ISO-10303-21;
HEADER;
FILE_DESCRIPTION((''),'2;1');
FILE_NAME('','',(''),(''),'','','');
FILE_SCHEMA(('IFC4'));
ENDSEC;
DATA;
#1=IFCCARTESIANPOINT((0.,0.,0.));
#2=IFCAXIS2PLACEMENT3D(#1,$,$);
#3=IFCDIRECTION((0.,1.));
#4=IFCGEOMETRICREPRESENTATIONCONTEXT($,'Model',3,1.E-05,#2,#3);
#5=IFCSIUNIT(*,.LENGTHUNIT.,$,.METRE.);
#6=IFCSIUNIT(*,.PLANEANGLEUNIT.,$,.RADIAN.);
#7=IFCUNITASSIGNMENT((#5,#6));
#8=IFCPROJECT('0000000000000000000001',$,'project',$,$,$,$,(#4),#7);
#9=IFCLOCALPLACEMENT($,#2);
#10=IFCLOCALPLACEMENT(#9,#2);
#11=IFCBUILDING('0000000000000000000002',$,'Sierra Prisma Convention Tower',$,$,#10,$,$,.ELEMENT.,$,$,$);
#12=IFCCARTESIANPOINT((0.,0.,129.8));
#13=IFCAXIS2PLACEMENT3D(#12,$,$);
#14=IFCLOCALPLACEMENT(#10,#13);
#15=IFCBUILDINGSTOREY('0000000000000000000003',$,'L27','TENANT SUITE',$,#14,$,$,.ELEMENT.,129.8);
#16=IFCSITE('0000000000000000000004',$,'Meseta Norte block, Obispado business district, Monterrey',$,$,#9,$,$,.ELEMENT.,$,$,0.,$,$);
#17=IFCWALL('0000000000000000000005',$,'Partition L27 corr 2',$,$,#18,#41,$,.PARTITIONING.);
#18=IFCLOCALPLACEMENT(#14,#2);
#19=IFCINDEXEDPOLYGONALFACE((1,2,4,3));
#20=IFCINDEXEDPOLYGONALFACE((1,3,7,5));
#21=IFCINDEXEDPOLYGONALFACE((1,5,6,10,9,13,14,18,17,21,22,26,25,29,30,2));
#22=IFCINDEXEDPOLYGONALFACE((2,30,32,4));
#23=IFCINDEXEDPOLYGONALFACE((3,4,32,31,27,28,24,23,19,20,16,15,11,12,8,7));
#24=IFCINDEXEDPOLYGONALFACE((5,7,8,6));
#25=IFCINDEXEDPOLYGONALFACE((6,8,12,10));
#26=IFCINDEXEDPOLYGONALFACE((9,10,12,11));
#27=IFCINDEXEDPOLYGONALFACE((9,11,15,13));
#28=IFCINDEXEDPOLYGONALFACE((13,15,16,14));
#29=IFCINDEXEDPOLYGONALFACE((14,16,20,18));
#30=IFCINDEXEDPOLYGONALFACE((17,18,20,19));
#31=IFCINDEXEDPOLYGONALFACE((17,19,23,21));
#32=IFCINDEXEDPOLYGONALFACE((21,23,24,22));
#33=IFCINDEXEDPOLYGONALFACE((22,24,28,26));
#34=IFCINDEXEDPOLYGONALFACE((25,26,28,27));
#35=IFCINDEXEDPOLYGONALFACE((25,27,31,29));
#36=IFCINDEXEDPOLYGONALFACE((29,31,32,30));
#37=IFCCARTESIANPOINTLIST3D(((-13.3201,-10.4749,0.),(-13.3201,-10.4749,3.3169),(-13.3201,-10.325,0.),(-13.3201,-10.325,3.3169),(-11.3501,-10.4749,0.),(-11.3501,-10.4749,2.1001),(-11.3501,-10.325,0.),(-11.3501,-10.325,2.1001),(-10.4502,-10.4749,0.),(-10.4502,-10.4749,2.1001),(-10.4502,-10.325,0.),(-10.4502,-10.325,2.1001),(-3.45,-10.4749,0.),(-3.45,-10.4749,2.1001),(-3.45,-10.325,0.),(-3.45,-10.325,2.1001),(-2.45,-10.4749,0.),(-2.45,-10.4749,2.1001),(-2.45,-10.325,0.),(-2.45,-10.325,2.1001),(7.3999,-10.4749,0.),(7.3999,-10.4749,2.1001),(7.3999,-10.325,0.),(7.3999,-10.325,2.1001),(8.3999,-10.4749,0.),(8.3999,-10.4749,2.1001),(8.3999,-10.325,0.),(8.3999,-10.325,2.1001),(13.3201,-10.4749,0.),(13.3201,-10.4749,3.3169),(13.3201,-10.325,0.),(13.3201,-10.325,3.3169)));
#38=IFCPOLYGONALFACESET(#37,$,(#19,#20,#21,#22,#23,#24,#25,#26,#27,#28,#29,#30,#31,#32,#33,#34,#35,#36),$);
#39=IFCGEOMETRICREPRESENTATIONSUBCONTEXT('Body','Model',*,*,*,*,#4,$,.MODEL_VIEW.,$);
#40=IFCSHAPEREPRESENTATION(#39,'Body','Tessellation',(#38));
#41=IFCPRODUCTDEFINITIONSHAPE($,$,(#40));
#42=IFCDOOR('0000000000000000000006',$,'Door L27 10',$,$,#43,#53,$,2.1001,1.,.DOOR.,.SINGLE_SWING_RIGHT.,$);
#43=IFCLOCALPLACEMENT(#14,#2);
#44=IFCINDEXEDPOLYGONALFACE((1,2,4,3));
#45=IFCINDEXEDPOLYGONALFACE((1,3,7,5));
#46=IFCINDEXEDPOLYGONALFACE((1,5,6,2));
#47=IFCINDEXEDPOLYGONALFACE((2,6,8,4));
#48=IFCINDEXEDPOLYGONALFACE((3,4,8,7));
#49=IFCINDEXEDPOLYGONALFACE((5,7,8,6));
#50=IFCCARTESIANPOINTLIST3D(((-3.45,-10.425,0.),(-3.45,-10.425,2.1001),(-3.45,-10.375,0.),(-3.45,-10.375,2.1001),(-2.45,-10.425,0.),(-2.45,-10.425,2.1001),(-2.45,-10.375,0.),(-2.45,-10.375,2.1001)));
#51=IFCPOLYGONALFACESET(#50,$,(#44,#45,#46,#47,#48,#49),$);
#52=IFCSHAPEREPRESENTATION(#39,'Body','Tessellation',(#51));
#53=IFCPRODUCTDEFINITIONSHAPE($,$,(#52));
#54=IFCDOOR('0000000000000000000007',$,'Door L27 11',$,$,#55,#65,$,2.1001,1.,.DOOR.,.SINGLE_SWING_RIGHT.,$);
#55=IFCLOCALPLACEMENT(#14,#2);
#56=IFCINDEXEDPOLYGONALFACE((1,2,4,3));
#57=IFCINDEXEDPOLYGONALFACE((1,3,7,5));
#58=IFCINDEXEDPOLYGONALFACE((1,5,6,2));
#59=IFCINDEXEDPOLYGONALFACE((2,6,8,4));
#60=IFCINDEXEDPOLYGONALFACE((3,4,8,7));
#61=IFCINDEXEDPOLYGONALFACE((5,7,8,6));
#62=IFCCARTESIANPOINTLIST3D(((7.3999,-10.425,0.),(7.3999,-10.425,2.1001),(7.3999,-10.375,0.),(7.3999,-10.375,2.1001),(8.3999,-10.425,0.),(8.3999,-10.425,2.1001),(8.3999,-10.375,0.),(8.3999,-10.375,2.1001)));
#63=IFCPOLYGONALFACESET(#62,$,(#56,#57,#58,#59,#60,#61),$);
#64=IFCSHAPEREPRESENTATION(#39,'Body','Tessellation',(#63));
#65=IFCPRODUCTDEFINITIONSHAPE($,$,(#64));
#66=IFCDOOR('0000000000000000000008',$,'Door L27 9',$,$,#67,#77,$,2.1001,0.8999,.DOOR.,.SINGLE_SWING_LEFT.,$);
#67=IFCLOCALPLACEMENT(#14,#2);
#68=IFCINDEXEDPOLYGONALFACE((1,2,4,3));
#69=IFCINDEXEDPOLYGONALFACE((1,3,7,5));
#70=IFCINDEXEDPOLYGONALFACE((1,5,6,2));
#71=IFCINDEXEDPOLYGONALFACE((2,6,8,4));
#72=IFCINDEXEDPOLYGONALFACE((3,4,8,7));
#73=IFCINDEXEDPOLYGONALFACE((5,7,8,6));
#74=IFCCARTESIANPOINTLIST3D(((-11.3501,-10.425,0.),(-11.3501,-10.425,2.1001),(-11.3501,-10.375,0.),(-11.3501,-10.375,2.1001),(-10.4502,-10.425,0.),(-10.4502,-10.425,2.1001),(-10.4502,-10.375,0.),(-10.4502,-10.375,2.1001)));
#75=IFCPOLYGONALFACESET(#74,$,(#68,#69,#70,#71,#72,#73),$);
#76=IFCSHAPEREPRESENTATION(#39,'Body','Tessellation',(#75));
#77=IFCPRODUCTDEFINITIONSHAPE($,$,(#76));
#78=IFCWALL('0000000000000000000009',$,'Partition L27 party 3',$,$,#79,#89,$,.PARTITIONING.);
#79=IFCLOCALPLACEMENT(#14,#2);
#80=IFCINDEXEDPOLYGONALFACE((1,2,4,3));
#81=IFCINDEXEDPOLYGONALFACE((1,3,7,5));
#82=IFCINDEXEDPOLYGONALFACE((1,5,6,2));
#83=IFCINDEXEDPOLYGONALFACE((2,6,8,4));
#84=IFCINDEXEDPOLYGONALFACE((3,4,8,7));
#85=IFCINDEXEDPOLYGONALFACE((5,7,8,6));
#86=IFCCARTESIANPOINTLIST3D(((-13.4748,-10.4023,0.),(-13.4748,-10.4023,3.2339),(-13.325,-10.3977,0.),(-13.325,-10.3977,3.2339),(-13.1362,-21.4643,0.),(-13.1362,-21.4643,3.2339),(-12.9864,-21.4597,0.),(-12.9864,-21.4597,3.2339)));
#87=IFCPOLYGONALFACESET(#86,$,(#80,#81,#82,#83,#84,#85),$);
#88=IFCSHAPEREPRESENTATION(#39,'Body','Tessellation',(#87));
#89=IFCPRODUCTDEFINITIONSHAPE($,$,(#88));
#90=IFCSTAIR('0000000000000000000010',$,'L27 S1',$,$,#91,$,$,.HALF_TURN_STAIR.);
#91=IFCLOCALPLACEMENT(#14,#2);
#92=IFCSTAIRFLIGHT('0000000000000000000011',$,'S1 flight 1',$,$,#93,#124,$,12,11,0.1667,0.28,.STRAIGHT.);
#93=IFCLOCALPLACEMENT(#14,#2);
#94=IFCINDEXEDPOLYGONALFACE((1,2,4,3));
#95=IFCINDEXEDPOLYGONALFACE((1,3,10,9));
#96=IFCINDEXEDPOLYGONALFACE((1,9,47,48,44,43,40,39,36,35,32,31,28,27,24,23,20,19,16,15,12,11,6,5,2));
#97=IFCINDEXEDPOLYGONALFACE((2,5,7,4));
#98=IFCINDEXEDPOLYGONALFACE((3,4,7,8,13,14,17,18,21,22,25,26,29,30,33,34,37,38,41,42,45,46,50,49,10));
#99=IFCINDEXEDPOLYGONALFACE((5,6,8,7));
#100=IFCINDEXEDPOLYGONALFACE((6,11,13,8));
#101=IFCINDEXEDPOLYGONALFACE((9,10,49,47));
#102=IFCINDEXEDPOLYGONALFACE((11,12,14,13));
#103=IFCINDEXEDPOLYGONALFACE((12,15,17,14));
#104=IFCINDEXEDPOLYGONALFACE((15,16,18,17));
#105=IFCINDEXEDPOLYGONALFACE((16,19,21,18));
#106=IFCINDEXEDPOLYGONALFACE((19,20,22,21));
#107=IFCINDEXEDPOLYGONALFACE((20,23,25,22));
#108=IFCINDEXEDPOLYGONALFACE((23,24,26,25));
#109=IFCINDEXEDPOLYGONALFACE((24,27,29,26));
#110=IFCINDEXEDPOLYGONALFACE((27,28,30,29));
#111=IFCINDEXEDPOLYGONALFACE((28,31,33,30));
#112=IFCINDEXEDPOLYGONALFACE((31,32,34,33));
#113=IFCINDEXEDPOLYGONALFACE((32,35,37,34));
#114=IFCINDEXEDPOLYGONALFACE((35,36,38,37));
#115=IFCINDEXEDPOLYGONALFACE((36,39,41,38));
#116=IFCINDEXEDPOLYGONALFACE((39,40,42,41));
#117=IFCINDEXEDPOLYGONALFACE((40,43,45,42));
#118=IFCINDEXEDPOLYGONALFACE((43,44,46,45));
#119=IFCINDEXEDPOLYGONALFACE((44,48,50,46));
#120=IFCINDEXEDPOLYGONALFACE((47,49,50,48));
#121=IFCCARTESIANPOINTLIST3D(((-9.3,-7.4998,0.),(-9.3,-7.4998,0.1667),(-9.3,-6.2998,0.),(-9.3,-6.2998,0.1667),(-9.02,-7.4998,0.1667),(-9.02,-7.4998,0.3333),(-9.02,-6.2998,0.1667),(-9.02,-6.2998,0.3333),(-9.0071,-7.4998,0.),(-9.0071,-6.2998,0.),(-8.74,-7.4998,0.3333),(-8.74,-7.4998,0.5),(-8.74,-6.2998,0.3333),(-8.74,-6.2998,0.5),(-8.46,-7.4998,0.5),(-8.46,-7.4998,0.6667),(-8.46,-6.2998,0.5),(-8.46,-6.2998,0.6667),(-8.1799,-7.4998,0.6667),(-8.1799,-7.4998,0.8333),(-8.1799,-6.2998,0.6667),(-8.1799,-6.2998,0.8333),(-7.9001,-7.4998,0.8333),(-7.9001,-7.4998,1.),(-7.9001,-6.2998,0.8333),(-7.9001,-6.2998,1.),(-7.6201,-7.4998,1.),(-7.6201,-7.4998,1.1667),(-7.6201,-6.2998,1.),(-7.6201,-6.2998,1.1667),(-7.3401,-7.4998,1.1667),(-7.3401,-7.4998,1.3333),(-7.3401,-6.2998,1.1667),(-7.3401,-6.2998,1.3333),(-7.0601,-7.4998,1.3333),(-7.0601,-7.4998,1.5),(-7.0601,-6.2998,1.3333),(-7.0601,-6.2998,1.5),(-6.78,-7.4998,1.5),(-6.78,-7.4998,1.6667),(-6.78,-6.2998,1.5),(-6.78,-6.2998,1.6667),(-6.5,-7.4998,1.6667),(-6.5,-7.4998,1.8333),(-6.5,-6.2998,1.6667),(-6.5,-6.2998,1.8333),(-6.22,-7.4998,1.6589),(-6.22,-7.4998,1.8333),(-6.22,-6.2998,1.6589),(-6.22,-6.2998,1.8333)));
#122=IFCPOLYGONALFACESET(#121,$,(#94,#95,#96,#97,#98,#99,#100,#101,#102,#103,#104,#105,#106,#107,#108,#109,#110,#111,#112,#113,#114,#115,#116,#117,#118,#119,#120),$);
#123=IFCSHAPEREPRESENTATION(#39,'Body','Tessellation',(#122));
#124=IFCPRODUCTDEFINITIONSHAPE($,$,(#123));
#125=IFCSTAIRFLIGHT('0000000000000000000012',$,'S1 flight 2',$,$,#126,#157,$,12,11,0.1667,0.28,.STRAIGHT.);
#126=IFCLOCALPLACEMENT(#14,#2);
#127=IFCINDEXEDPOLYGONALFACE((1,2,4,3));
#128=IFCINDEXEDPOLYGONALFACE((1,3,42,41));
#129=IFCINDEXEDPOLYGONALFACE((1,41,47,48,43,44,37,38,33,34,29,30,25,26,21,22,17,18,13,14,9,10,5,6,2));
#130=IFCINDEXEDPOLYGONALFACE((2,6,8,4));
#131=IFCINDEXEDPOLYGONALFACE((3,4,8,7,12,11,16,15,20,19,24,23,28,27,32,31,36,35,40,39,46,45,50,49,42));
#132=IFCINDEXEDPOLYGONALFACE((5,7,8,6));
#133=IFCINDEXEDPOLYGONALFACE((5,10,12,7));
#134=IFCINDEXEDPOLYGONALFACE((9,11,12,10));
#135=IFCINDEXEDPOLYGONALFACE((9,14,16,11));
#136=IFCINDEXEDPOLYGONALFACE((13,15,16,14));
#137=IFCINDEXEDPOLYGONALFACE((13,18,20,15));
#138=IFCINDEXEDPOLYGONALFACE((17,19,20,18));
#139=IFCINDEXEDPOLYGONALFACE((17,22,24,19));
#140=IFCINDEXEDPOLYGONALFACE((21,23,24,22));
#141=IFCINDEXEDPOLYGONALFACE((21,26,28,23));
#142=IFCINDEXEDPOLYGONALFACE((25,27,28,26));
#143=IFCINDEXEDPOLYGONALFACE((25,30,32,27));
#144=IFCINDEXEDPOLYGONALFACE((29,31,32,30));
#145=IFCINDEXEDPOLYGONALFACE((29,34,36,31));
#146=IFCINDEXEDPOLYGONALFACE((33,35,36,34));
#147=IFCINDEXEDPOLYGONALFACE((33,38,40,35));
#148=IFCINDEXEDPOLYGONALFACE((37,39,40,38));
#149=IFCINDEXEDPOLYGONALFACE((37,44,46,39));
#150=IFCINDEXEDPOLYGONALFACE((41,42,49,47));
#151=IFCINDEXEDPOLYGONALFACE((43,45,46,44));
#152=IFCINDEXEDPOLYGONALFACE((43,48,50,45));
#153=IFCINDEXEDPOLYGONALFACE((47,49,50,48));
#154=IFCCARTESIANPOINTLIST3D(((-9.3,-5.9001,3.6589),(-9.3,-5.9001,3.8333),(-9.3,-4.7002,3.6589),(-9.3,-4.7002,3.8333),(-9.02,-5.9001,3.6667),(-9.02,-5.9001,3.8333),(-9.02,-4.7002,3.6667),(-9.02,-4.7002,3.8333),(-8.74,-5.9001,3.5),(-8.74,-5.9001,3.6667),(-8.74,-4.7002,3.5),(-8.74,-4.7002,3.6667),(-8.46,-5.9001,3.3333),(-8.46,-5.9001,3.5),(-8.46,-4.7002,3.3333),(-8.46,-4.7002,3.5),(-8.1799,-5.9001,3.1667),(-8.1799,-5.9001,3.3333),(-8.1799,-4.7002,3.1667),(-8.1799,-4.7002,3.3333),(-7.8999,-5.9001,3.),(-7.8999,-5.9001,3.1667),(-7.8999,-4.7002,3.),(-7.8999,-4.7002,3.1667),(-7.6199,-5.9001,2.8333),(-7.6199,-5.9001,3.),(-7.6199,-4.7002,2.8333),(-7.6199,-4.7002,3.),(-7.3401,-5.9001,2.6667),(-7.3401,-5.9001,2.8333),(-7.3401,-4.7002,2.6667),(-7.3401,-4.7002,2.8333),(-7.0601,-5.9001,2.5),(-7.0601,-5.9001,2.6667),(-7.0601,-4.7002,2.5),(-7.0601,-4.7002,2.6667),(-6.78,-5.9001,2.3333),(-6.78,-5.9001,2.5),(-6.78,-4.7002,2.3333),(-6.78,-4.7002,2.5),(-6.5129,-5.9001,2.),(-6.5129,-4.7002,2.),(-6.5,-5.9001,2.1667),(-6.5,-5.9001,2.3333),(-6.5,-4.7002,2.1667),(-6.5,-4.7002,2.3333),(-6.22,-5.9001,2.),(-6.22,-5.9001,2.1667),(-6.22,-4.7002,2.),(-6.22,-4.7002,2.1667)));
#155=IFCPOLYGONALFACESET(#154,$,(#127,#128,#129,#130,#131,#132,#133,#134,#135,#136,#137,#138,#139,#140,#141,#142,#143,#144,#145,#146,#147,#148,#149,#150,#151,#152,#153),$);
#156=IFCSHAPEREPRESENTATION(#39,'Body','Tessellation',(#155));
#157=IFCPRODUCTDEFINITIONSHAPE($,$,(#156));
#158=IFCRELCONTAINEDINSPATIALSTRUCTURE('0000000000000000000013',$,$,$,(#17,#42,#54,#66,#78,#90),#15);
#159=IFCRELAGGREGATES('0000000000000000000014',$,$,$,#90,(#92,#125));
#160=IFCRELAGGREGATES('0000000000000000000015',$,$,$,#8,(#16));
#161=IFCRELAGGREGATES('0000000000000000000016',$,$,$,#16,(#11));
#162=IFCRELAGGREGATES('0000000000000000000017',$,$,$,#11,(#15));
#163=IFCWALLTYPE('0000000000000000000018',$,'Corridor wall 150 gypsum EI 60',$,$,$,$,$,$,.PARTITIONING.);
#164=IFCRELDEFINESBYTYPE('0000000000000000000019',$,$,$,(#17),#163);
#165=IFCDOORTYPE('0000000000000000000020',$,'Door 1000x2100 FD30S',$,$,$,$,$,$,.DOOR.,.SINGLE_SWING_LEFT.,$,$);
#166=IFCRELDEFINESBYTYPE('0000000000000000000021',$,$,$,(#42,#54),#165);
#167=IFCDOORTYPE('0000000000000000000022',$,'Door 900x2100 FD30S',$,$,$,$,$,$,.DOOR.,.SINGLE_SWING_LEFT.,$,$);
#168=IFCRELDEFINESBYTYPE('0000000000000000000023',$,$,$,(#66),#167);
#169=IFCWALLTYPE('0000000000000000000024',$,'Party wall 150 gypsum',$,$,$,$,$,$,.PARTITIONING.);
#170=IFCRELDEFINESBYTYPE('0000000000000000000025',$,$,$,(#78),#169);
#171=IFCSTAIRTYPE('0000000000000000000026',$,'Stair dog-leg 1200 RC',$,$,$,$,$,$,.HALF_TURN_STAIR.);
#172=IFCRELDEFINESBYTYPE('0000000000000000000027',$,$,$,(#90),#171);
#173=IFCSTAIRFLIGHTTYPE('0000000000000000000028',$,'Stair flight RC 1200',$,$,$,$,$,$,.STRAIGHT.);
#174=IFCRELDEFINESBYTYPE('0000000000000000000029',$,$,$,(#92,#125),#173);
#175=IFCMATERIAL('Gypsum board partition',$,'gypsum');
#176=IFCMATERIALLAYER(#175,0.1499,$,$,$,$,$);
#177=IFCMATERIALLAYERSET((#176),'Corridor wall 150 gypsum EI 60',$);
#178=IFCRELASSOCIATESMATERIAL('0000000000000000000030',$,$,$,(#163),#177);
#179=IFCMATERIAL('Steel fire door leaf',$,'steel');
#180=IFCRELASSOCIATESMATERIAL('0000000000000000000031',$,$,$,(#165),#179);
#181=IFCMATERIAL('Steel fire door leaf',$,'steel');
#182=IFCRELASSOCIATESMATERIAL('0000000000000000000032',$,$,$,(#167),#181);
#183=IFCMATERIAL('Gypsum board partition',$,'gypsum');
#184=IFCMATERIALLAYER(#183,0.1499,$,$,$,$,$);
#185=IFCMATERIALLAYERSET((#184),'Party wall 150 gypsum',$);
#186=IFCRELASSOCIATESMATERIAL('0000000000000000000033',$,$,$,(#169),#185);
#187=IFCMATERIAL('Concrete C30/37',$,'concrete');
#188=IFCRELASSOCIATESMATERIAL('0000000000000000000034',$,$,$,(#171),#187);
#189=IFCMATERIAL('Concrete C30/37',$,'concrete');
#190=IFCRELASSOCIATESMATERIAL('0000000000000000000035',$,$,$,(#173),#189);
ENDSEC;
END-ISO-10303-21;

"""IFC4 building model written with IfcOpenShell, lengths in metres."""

from ifc_helpers import new_model, si_unit, direction, frame, frame_2d, origin, place, context, subcontext, project, spatial, polyline, rectangle, outline, extrude, material, layer, layer_set, type_object, element, fill, aggregate, save


model = new_model("IFC4")

# Units and contexts
model_context = context("Model", 3, precision=1e-05, world=origin(), true_north=direction((0.0, 1.0)))
body_context = subcontext(model_context, "Body", "Model", "MODEL_VIEW")
ifc_project = project(units=[si_unit("LENGTHUNIT", "METRE"), si_unit("PLANEANGLEUNIT", "RADIAN")], contexts=[model_context])

# Site, building, storey
site_placement = place(None, origin())
site = spatial("IfcSite", under=ifc_project, at=site_placement, Name="Meseta Norte block, Obispado business district, Monterrey", CompositionType="ELEMENT", RefElevation=0.0)
building_placement = place(site_placement, origin())
building = spatial("IfcBuilding", under=site, at=building_placement, Name="Sierra Prisma Convention Tower", CompositionType="ELEMENT")
storey_placement = place(building_placement, frame((0.0, 0.0, 129.8)))
storey = spatial("IfcBuildingStorey", under=building, at=storey_placement, Name="L27", Description="TENANT SUITE", CompositionType="ELEMENT", Elevation=129.8)

# Wall, openings, doors
ifc_material_1 = material(Name="Gypsum board partition", Category="gypsum")
ifc_layer_1 = layer(ifc_material_1, 0.1499)
ifc_layer_set_1 = layer_set([ifc_layer_1], Name="Corridor wall 150 gypsum EI 60")
wall_type_1 = type_object("IfcWallType", Name="Corridor wall 150 gypsum EI 60", PredefinedType="PARTITIONING", material=ifc_layer_set_1)
wall_1_placement = place(storey_placement, frame((-13.3201, -10.3999, 0.0), z_axis=(0.0, 0.0, 1.0), x_axis=(1.0, 0.0, 0.0)))
wall_1 = element("IfcWall", 1, at=wall_1_placement, inside=storey, type_object=wall_type_1, Name="Partition L27 corr 2", PredefinedType="PARTITIONING", context=body_context, shape_type="SweptSolid", body=[
    extrude(rectangle(XDim=26.6401, YDim=0.1499, at=frame_2d((13.3201, 0.0))), origin(), (0.0, 0.0, 1.0), 3.3169),
])
opening_1_placement = place(wall_1_placement, frame((1.97, 0.0, 0.0)))
opening_1 = element("IfcOpeningElement", 2, at=opening_1_placement, cuts=wall_1, PredefinedType="OPENING", context=body_context, shape_type="SweptSolid", body=[
    extrude(rectangle(XDim=0.8999, YDim=2.1001, at=frame_2d((0.45, 1.05))), frame((0.0, 0.075, 0.0), z_axis=(0.0, -1.0, 0.0), x_axis=(1.0, 0.0, 0.0)), (0.0, 0.0, 1.0), 0.1499),
])
opening_2_placement = place(wall_1_placement, frame((9.8701, 0.0, 0.0)))
opening_2 = element("IfcOpeningElement", 3, at=opening_2_placement, cuts=wall_1, PredefinedType="OPENING", context=body_context, shape_type="SweptSolid", body=[
    extrude(rectangle(XDim=1.0, YDim=2.1001, at=frame_2d((0.5, 1.05))), frame((0.0, 0.075, 0.0), z_axis=(0.0, -1.0, 0.0), x_axis=(1.0, 0.0, 0.0)), (0.0, 0.0, 1.0), 0.1499),
])
opening_3_placement = place(wall_1_placement, frame((20.72, 0.0, 0.0)))
opening_3 = element("IfcOpeningElement", 4, at=opening_3_placement, cuts=wall_1, PredefinedType="OPENING", context=body_context, shape_type="SweptSolid", body=[
    extrude(rectangle(XDim=1.0, YDim=2.1001, at=frame_2d((0.5, 1.05))), frame((0.0, 0.075, 0.0), z_axis=(0.0, -1.0, 0.0), x_axis=(1.0, 0.0, 0.0)), (0.0, 0.0, 1.0), 0.1499),
])
ifc_material_2 = material(Name="Steel fire door leaf", Category="steel")
door_type_1 = type_object("IfcDoorType", Name="Door 1000x2100 FD30S", OperationType="SINGLE_SWING_LEFT", PredefinedType="DOOR", material=ifc_material_2)
door_1_placement = place(opening_2_placement, origin())
door_1 = element("IfcDoor", 5, at=door_1_placement, inside=storey, type_object=door_type_1, Name="Door L27 10", OperationType="SINGLE_SWING_RIGHT", OverallHeight=2.1001, OverallWidth=1.0, PredefinedType="DOOR", context=body_context, shape_type="SweptSolid", body=[
    extrude(rectangle(XDim=1.0, YDim=2.1001, at=frame_2d((0.5, 1.05))), frame((0.0, 0.0249, 0.0), z_axis=(0.0, -1.0, 0.0), x_axis=(1.0, 0.0, 0.0)), (0.0, 0.0, 1.0), 0.05),
])
fill(opening_2, door_1)
door_2_placement = place(opening_3_placement, origin())
door_2 = element("IfcDoor", 6, at=door_2_placement, inside=storey, type_object=door_type_1, Name="Door L27 11", OperationType="SINGLE_SWING_RIGHT", OverallHeight=2.1001, OverallWidth=1.0, PredefinedType="DOOR", context=body_context, shape_type="SweptSolid", body=[
    extrude(rectangle(XDim=1.0, YDim=2.1001, at=frame_2d((0.5, 1.05))), frame((0.0, 0.0249, 0.0), z_axis=(0.0, -1.0, 0.0), x_axis=(1.0, 0.0, 0.0)), (0.0, 0.0, 1.0), 0.05),
])
fill(opening_3, door_2)
ifc_material_3 = material(Name="Steel fire door leaf", Category="steel")
door_type_2 = type_object("IfcDoorType", Name="Door 900x2100 FD30S", OperationType="SINGLE_SWING_LEFT", PredefinedType="DOOR", material=ifc_material_3)
door_3_placement = place(opening_1_placement, origin())
door_3 = element("IfcDoor", 7, at=door_3_placement, inside=storey, type_object=door_type_2, Name="Door L27 9", OperationType="SINGLE_SWING_LEFT", OverallHeight=2.1001, OverallWidth=0.8999, PredefinedType="DOOR", context=body_context, shape_type="SweptSolid", body=[
    extrude(rectangle(XDim=0.8999, YDim=2.1001, at=frame_2d((0.45, 1.05))), frame((0.0, 0.0249, 0.0), z_axis=(0.0, -1.0, 0.0), x_axis=(1.0, 0.0, 0.0)), (0.0, 0.0, 1.0), 0.05),
])
fill(opening_1, door_3)

# Wall
ifc_material_4 = material(Name="Gypsum board partition", Category="gypsum")
ifc_layer_2 = layer(ifc_material_4, 0.1499)
ifc_layer_set_2 = layer_set([ifc_layer_2], Name="Party wall 150 gypsum")
wall_type_2 = type_object("IfcWallType", Name="Party wall 150 gypsum", PredefinedType="PARTITIONING", material=ifc_layer_set_2)
wall_2_placement = place(storey_placement, frame((-13.3999, -10.3999, 0.0), z_axis=(0.0, 0.0, 1.0), x_axis=(0.030597, -0.999532, 0.0)))
element("IfcWall", 8, at=wall_2_placement, inside=storey, type_object=wall_type_2, Name="Partition L27 party 3", PredefinedType="PARTITIONING", context=body_context, shape_type="SweptSolid", body=[
    extrude(rectangle(XDim=11.0671, YDim=0.1499, at=frame_2d((5.5337, 0.0))), origin(), (0.0, 0.0, 1.0), 3.2339),
])

# Stair, stair flights
ifc_material_5 = material(Name="Concrete C30/37", Category="concrete")
stair_type = type_object("IfcStairType", Name="Stair dog-leg 1200 RC", PredefinedType="HALF_TURN_STAIR", material=ifc_material_5)
stair_placement = place(storey_placement, origin())
stair = element("IfcStair", 9, at=stair_placement, inside=storey, type_object=stair_type, Name="L27 S1", PredefinedType="HALF_TURN_STAIR")
ifc_material_6 = material(Name="Concrete C30/37", Category="concrete")
stair_flight_type = type_object("IfcStairFlightType", Name="Stair flight RC 1200", PredefinedType="STRAIGHT", material=ifc_material_6)
stair_flight_1_placement = place(storey_placement, frame((-9.3, -6.8999, 0.0), z_axis=(0.0, 0.0, 1.0), x_axis=(1.0, 0.0, 0.0)))
stair_flight_1 = element("IfcStairFlight", 10, at=stair_flight_1_placement, type_object=stair_flight_type, Name="S1 flight 1", NumberOfRisers=12, NumberOfTreads=11, PredefinedType="STRAIGHT", RiserHeight=0.1667, TreadLength=0.28, context=body_context, shape_type="SweptSolid", body=[
    extrude(outline(polyline([(0.0, 0.0), (0.0, 0.1667), (0.28, 0.1667), (0.28, 0.3333), (0.5601, 0.3333), (0.5601, 0.5), (0.8401, 0.5), (0.8401, 0.6667), (1.1201, 0.6667), (1.1201, 0.8333), (1.3999, 0.8333), (1.3999, 1.0), (1.6799, 1.0), (1.6799, 1.1667), (1.96, 1.1667), (1.96, 1.3333), (2.24, 1.3333), (2.24, 1.5), (2.52, 1.5), (2.52, 1.6667), (2.8, 1.6667), (2.8, 1.8333), (3.0801, 1.8333), (3.0801, 2.0), (3.0801, 1.6589), (0.293, 0.0), (0.0, 0.0)])), frame((0.0, 0.6001, 0.0), z_axis=(0.0, -1.0, 0.0), x_axis=(1.0, 0.0, 0.0)), (0.0, 0.0, 1.0), 1.2),
])
stair_flight_2_placement = place(storey_placement, frame((-6.22, -5.3, 2.0), z_axis=(0.0, 0.0, 1.0), x_axis=(-1.0, 0.0, 0.0)))
stair_flight_2 = element("IfcStairFlight", 11, at=stair_flight_2_placement, type_object=stair_flight_type, Name="S1 flight 2", NumberOfRisers=12, NumberOfTreads=11, PredefinedType="STRAIGHT", RiserHeight=0.1667, TreadLength=0.28, context=body_context, shape_type="SweptSolid", body=[
    extrude(outline(polyline([(0.0, 0.0), (0.0, 0.1667), (0.28, 0.1667), (0.28, 0.3333), (0.5601, 0.3333), (0.5601, 0.5), (0.8401, 0.5), (0.8401, 0.6667), (1.1201, 0.6667), (1.1201, 0.8333), (1.3999, 0.8333), (1.3999, 1.0), (1.6799, 1.0), (1.6799, 1.1667), (1.96, 1.1667), (1.96, 1.3333), (2.24, 1.3333), (2.24, 1.5), (2.52, 1.5), (2.52, 1.6667), (2.8, 1.6667), (2.8, 1.8333), (3.0801, 1.8333), (3.0801, 2.0), (3.0801, 1.6589), (0.293, 0.0), (0.0, 0.0)])), frame((0.0, 0.6001, 0.0), z_axis=(0.0, -1.0, 0.0), x_axis=(1.0, 0.0, 0.0)), (0.0, 0.0, 1.0), 1.2),
])
aggregate(stair, [stair_flight_1, stair_flight_2])

save(model, "model.ifc")
